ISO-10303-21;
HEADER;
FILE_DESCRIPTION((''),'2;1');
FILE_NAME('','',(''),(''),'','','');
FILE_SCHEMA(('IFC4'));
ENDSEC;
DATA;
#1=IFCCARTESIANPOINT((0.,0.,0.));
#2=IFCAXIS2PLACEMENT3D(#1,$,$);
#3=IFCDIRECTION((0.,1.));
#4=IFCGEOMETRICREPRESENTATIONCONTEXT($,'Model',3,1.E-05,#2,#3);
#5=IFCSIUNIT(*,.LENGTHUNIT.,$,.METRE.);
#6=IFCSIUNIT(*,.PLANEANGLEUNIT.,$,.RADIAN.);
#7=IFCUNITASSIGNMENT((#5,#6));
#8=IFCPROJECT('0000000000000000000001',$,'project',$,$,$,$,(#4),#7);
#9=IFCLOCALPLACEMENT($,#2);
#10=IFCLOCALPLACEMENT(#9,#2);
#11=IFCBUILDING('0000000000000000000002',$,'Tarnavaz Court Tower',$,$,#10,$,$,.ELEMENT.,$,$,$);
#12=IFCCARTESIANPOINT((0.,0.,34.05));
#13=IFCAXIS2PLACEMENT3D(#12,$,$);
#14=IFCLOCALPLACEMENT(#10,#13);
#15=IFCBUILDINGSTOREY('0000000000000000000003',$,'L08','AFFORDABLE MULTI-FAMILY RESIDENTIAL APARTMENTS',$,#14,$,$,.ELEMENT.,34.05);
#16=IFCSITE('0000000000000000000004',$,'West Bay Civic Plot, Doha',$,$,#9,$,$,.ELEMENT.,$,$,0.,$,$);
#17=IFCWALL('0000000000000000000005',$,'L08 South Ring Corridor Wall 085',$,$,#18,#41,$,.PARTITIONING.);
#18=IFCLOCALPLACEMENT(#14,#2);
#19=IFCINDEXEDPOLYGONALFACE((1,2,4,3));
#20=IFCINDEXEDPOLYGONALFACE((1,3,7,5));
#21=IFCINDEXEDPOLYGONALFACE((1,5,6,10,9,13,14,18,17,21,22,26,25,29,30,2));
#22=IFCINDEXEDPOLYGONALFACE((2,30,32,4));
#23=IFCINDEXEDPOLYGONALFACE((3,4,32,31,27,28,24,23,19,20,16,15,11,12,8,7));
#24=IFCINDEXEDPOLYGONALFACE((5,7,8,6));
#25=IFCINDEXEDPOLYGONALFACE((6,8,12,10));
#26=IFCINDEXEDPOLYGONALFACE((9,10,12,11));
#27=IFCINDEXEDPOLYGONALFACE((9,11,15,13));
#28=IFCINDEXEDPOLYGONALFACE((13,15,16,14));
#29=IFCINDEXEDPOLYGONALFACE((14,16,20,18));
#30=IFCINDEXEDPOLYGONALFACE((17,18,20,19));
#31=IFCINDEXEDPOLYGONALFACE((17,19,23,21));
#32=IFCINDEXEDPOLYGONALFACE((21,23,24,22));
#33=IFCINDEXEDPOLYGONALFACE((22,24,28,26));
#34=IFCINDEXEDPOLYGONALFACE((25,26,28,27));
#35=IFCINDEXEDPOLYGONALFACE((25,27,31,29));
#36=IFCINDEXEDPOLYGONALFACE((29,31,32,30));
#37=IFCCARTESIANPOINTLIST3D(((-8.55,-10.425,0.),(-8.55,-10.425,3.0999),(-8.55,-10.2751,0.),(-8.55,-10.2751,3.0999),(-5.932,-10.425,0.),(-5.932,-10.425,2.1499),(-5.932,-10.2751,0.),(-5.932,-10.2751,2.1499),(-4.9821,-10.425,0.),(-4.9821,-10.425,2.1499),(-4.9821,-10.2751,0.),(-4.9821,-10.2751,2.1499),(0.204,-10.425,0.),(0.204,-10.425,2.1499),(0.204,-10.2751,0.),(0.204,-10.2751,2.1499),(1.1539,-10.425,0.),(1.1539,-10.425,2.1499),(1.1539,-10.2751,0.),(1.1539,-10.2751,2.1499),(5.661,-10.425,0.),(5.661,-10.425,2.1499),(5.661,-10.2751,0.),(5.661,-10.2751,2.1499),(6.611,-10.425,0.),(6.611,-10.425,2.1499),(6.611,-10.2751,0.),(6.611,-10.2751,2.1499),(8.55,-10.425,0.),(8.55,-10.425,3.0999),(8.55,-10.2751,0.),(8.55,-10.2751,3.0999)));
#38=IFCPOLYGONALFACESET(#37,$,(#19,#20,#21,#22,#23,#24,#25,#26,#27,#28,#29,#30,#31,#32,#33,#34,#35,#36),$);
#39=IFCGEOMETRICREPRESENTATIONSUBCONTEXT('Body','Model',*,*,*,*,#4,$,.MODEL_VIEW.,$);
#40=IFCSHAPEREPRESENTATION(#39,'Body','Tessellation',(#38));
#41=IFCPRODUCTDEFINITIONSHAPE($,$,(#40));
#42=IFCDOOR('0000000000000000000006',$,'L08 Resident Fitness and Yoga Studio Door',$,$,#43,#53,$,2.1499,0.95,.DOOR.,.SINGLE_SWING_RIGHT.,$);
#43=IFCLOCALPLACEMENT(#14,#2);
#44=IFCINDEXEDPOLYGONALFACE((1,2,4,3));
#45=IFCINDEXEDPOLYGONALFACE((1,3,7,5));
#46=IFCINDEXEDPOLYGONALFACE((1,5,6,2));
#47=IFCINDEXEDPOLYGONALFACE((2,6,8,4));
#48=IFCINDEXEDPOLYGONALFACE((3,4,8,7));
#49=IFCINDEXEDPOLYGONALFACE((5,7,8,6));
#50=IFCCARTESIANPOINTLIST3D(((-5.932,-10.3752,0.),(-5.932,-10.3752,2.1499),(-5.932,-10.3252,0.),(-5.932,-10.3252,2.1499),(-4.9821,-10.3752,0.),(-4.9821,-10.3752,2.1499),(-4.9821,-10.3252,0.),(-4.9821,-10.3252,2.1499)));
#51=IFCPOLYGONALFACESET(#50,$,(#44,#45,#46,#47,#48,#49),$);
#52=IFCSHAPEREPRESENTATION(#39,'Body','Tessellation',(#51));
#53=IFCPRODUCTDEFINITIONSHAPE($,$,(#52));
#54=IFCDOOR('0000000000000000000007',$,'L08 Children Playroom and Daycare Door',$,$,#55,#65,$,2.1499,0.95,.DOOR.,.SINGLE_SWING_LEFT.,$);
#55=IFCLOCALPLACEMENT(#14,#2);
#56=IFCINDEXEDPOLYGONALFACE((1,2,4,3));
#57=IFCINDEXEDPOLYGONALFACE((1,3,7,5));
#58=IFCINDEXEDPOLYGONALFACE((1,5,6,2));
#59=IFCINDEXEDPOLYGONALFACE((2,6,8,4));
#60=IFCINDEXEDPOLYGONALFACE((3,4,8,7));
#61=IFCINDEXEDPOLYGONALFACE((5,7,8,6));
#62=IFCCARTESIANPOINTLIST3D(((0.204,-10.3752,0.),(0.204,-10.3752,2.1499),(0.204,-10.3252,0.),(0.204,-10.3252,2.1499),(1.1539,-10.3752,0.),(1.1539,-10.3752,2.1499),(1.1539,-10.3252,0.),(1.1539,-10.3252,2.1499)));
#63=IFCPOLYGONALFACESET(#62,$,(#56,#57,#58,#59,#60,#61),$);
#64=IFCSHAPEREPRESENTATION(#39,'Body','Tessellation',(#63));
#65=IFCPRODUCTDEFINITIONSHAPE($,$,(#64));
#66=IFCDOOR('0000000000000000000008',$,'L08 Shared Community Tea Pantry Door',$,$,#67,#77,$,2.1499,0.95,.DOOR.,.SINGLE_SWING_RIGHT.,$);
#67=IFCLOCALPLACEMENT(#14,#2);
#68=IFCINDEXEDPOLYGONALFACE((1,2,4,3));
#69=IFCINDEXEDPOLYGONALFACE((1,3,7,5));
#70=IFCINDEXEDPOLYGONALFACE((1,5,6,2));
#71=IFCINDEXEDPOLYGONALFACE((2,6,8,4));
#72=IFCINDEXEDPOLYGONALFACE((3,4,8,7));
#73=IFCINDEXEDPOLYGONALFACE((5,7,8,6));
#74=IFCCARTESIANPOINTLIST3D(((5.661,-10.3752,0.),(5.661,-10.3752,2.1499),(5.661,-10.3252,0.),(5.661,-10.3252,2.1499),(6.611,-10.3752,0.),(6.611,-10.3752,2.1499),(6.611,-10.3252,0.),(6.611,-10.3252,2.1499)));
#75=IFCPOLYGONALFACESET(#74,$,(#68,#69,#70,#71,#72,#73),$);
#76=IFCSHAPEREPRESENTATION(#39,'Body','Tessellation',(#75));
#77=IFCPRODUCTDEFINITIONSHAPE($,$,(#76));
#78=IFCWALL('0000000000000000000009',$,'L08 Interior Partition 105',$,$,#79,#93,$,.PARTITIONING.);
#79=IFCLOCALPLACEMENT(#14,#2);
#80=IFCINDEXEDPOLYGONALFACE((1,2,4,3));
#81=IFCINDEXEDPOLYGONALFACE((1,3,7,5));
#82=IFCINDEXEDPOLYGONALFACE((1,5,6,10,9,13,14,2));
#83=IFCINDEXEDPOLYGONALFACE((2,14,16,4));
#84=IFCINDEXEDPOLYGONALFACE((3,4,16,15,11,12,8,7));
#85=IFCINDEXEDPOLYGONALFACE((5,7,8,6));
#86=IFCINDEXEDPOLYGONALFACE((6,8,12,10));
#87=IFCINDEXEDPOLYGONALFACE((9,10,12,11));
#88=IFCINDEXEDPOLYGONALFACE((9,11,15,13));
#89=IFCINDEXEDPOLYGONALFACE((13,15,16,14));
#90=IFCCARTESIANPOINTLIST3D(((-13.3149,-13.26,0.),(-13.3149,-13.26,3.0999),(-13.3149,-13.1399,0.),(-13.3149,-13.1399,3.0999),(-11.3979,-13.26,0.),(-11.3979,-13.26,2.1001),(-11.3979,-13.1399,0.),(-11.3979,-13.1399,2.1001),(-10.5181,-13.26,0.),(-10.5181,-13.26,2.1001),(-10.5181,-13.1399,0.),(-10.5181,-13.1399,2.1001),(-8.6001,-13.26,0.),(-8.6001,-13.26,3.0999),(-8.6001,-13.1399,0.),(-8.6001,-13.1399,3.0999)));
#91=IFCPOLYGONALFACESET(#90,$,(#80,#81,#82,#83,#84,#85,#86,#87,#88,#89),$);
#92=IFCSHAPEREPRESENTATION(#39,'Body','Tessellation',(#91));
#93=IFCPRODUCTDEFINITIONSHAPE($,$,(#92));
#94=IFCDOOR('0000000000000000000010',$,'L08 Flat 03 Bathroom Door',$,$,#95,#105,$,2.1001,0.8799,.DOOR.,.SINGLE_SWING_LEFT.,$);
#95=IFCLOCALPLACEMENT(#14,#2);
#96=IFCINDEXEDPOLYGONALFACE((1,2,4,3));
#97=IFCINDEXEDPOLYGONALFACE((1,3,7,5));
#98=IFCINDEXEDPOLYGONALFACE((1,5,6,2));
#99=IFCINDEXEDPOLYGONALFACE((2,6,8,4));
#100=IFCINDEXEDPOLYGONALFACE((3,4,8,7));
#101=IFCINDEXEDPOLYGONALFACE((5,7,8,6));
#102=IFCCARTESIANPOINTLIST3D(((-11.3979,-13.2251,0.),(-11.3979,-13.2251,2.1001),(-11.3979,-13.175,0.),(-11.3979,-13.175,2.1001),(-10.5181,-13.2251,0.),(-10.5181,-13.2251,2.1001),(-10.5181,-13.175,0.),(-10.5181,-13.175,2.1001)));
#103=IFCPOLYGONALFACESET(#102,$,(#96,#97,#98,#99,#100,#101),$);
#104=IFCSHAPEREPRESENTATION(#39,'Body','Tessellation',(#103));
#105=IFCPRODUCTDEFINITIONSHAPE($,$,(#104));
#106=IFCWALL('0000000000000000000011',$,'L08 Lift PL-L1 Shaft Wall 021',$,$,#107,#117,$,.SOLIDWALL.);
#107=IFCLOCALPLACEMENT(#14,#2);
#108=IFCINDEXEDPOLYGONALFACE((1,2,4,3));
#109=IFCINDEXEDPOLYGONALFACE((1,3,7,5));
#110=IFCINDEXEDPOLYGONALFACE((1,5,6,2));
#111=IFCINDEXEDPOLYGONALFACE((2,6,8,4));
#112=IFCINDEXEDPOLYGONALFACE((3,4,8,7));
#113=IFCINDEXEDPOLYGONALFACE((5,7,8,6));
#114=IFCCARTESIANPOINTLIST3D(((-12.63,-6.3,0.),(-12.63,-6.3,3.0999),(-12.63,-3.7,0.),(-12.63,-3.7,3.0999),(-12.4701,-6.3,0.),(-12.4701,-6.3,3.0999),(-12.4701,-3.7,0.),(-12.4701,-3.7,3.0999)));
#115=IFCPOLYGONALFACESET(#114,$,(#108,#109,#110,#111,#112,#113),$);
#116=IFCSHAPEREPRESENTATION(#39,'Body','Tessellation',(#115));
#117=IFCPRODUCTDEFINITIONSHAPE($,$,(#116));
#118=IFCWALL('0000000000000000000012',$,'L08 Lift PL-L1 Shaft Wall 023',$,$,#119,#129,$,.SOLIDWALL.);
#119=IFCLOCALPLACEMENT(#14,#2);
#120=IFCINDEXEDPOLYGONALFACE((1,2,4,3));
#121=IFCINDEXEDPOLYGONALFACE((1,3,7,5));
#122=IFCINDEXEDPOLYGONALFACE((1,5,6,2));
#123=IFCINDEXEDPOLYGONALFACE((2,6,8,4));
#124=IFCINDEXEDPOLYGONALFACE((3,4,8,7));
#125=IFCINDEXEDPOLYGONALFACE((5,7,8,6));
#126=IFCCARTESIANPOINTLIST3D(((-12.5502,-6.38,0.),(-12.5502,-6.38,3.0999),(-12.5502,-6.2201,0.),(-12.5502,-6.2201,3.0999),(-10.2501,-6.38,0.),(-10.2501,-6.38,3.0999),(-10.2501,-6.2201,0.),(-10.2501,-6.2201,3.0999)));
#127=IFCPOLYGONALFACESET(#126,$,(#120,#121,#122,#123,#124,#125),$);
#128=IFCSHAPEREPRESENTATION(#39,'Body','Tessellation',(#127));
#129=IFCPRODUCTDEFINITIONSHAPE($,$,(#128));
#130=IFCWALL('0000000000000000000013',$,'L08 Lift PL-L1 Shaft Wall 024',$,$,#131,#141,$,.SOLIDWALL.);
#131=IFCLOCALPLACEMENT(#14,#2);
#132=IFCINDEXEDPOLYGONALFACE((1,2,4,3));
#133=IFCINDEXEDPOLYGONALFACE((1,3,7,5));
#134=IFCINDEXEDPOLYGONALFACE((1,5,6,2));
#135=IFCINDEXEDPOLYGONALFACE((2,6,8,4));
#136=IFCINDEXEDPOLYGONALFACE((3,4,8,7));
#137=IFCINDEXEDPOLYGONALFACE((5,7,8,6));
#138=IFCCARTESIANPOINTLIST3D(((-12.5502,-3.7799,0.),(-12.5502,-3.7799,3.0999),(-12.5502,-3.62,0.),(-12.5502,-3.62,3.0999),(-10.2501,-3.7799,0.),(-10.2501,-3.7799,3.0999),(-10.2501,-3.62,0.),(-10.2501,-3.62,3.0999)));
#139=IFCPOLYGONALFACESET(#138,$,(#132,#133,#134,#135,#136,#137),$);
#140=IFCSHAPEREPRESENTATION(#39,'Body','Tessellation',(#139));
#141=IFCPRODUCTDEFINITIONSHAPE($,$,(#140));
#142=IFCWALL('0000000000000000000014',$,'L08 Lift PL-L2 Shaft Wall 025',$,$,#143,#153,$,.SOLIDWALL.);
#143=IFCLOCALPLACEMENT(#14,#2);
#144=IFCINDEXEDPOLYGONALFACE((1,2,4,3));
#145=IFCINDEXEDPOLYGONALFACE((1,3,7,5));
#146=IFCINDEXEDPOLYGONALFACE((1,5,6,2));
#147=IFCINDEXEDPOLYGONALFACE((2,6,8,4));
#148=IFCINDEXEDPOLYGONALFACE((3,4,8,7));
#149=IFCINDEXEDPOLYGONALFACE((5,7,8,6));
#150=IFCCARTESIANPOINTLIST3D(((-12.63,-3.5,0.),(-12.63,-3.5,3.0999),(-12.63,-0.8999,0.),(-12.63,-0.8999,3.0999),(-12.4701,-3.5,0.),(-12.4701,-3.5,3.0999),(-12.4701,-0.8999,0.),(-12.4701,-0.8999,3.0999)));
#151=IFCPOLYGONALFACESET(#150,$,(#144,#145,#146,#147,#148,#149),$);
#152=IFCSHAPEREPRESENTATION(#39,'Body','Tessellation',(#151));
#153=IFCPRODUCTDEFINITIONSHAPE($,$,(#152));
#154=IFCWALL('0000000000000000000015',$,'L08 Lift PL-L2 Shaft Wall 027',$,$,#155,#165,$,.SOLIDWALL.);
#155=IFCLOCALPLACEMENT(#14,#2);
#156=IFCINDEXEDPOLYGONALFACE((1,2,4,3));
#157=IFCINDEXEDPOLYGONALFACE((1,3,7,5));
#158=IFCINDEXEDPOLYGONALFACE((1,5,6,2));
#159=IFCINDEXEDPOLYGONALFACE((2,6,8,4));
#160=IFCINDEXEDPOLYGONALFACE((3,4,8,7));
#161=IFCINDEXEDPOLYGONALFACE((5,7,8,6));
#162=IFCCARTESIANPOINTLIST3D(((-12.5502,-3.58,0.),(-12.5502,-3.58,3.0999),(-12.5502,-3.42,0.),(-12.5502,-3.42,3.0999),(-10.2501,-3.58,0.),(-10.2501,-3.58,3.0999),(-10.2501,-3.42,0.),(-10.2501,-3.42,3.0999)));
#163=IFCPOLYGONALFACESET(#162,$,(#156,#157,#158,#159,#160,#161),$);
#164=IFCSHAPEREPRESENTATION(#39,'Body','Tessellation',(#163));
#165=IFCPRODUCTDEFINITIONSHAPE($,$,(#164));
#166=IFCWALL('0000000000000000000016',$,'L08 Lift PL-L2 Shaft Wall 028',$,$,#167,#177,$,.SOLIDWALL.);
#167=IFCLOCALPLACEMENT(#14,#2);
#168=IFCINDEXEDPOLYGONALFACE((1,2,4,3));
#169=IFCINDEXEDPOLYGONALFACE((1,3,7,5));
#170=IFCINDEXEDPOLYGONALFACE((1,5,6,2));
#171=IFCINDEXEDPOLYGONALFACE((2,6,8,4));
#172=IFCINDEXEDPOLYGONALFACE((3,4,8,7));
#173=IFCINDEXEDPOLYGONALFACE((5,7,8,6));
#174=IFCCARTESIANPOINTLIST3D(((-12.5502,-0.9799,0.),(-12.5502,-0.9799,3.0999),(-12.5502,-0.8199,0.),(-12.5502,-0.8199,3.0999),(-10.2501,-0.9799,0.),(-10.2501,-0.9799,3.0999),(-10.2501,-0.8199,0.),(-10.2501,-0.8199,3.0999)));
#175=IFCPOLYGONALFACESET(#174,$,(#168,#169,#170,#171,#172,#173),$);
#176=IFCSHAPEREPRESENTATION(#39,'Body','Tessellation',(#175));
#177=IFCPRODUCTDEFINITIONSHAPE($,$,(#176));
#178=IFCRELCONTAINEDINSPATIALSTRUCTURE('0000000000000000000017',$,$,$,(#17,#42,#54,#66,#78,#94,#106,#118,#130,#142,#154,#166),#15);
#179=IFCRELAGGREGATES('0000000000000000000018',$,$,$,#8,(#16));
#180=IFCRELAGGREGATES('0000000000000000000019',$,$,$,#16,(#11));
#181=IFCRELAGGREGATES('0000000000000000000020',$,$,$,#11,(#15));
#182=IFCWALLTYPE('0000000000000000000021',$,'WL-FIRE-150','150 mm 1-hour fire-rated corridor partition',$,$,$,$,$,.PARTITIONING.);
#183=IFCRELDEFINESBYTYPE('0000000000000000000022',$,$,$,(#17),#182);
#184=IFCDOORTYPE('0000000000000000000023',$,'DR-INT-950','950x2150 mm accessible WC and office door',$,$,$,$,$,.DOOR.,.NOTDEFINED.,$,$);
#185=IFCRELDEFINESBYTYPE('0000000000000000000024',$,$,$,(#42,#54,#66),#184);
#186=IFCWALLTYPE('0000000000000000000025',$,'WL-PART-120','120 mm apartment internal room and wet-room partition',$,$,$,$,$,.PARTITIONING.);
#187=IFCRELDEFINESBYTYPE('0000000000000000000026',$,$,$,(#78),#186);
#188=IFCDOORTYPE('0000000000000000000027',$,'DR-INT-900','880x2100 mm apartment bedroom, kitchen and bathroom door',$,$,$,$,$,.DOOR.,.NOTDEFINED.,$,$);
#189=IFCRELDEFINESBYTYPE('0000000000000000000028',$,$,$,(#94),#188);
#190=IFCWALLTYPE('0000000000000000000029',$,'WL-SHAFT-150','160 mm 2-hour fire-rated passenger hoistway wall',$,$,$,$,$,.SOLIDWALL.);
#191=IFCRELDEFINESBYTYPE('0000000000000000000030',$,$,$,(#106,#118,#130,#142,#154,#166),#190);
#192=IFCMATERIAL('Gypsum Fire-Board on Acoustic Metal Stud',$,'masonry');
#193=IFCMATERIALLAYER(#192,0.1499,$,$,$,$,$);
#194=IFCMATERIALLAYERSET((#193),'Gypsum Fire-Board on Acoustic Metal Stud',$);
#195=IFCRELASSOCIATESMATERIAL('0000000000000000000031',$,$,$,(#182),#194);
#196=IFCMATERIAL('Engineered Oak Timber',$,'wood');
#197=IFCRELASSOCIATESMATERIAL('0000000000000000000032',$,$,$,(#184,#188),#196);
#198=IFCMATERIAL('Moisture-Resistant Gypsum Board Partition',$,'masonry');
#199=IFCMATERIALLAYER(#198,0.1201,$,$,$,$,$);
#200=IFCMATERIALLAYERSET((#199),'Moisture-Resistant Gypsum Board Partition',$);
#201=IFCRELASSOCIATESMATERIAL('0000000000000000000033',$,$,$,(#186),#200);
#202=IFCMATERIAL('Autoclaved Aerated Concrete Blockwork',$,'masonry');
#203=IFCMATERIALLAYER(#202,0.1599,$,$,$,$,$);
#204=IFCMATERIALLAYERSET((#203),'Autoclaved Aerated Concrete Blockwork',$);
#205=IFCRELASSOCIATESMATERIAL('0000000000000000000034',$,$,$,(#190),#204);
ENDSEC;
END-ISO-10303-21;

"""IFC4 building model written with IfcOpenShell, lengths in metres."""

from ifc_helpers import new_model, si_unit, direction, frame, frame_2d, origin, place, context, subcontext, project, spatial, rectangle, extrude, material, layer, layer_set, type_object, element, fill, save


model = new_model("IFC4")

# Units and contexts
model_context = context("Model", 3, precision=1e-05, world=origin(), true_north=direction((0.0, 1.0)))
body_context = subcontext(model_context, "Body", "Model", "MODEL_VIEW")
ifc_project = project(units=[si_unit("LENGTHUNIT", "METRE"), si_unit("PLANEANGLEUNIT", "RADIAN")], contexts=[model_context])

# Site, building, storey
site_placement = place(None, origin())
site = spatial("IfcSite", under=ifc_project, at=site_placement, Name="West Bay Civic Plot, Doha", CompositionType="ELEMENT", RefElevation=0.0)
building_placement = place(site_placement, origin())
building = spatial("IfcBuilding", under=site, at=building_placement, Name="Tarnavaz Court Tower", CompositionType="ELEMENT")
storey_placement = place(building_placement, frame((0.0, 0.0, 34.05)))
storey = spatial("IfcBuildingStorey", under=building, at=storey_placement, Name="L08", Description="AFFORDABLE MULTI-FAMILY RESIDENTIAL APARTMENTS", CompositionType="ELEMENT", Elevation=34.05)

# Wall, openings, doors
ifc_material_1 = material(Name="Gypsum Fire-Board on Acoustic Metal Stud", Category="masonry")
ifc_layer_1 = layer(ifc_material_1, 0.1499)
ifc_layer_set_1 = layer_set([ifc_layer_1], Name="Gypsum Fire-Board on Acoustic Metal Stud")
wall_type_1 = type_object("IfcWallType", Name="WL-FIRE-150", Description="150 mm 1-hour fire-rated corridor partition", PredefinedType="PARTITIONING", material=ifc_layer_set_1)
wall_1_placement = place(storey_placement, frame((-8.55, -10.3501, 0.0), z_axis=(0.0, 0.0, 1.0), x_axis=(1.0, 0.0, 0.0)))
wall_1 = element("IfcWall", 1, at=wall_1_placement, inside=storey, type_object=wall_type_1, Name="L08 South Ring Corridor Wall 085", PredefinedType="PARTITIONING", context=body_context, shape_type="SweptSolid", body=[
    extrude(rectangle(XDim=17.1001, YDim=0.1499, at=frame_2d((8.55, 0.0))), origin(), (0.0, 0.0, 1.0), 3.0999),
])
opening_1_placement = place(wall_1_placement, frame((2.6179, 0.0, 0.0)))
opening_1 = element("IfcOpeningElement", 2, at=opening_1_placement, cuts=wall_1, PredefinedType="OPENING", context=body_context, shape_type="SweptSolid", body=[
    extrude(rectangle(XDim=0.95, YDim=2.1499, at=frame_2d((0.4751, 1.075))), frame((0.0, 0.085, 0.0), z_axis=(0.0, -1.0, 0.0), x_axis=(1.0, 0.0, 0.0)), (0.0, 0.0, 1.0), 0.1699),
])
opening_2_placement = place(wall_1_placement, frame((8.7539, 0.0, 0.0)))
opening_2 = element("IfcOpeningElement", 3, at=opening_2_placement, cuts=wall_1, PredefinedType="OPENING", context=body_context, shape_type="SweptSolid", body=[
    extrude(rectangle(XDim=0.95, YDim=2.1499, at=frame_2d((0.4751, 1.075))), frame((0.0, 0.085, 0.0), z_axis=(0.0, -1.0, 0.0), x_axis=(1.0, 0.0, 0.0)), (0.0, 0.0, 1.0), 0.1699),
])
opening_3_placement = place(wall_1_placement, frame((14.2109, 0.0, 0.0)))
opening_3 = element("IfcOpeningElement", 4, at=opening_3_placement, cuts=wall_1, PredefinedType="OPENING", context=body_context, shape_type="SweptSolid", body=[
    extrude(rectangle(XDim=0.95, YDim=2.1499, at=frame_2d((0.4751, 1.075))), frame((0.0, 0.085, 0.0), z_axis=(0.0, -1.0, 0.0), x_axis=(1.0, 0.0, 0.0)), (0.0, 0.0, 1.0), 0.1699),
])
ifc_material_2 = material(Name="Engineered Oak Timber", Category="wood")
door_type_1 = type_object("IfcDoorType", Name="DR-INT-950", Description="950x2150 mm accessible WC and office door", OperationType="NOTDEFINED", PredefinedType="DOOR", material=ifc_material_2)
door_1_placement = place(opening_1_placement, origin())
door_1 = element("IfcDoor", 5, at=door_1_placement, inside=storey, type_object=door_type_1, Name="L08 Resident Fitness and Yoga Studio Door", OperationType="SINGLE_SWING_RIGHT", OverallHeight=2.1499, OverallWidth=0.95, PredefinedType="DOOR", context=body_context, shape_type="SweptSolid", body=[
    extrude(rectangle(XDim=0.95, YDim=2.1499, at=frame_2d((0.4751, 1.075))), frame((0.0, 0.0249, 0.0), z_axis=(0.0, -1.0, 0.0), x_axis=(1.0, 0.0, 0.0)), (0.0, 0.0, 1.0), 0.05),
])
fill(opening_1, door_1)
door_2_placement = place(opening_2_placement, origin())
door_2 = element("IfcDoor", 6, at=door_2_placement, inside=storey, type_object=door_type_1, Name="L08 Children Playroom and Daycare Door", OperationType="SINGLE_SWING_LEFT", OverallHeight=2.1499, OverallWidth=0.95, PredefinedType="DOOR", context=body_context, shape_type="SweptSolid", body=[
    extrude(rectangle(XDim=0.95, YDim=2.1499, at=frame_2d((0.4751, 1.075))), frame((0.0, 0.0249, 0.0), z_axis=(0.0, -1.0, 0.0), x_axis=(1.0, 0.0, 0.0)), (0.0, 0.0, 1.0), 0.05),
])
fill(opening_2, door_2)
door_3_placement = place(opening_3_placement, origin())
door_3 = element("IfcDoor", 7, at=door_3_placement, inside=storey, type_object=door_type_1, Name="L08 Shared Community Tea Pantry Door", OperationType="SINGLE_SWING_RIGHT", OverallHeight=2.1499, OverallWidth=0.95, PredefinedType="DOOR", context=body_context, shape_type="SweptSolid", body=[
    extrude(rectangle(XDim=0.95, YDim=2.1499, at=frame_2d((0.4751, 1.075))), frame((0.0, 0.0249, 0.0), z_axis=(0.0, -1.0, 0.0), x_axis=(1.0, 0.0, 0.0)), (0.0, 0.0, 1.0), 0.05),
])
fill(opening_3, door_3)

# Wall, opening, door
ifc_material_3 = material(Name="Moisture-Resistant Gypsum Board Partition", Category="masonry")
ifc_layer_2 = layer(ifc_material_3, 0.1201)
ifc_layer_set_2 = layer_set([ifc_layer_2], Name="Moisture-Resistant Gypsum Board Partition")
wall_type_2 = type_object("IfcWallType", Name="WL-PART-120", Description="120 mm apartment internal room and wet-room partition", PredefinedType="PARTITIONING", material=ifc_layer_set_2)
wall_2_placement = place(storey_placement, frame((-13.3149, -13.2, 0.0), z_axis=(0.0, 0.0, 1.0), x_axis=(1.0, 0.0, 0.0)))
wall_2 = element("IfcWall", 8, at=wall_2_placement, inside=storey, type_object=wall_type_2, Name="L08 Interior Partition 105", PredefinedType="PARTITIONING", context=body_context, shape_type="SweptSolid", body=[
    extrude(rectangle(XDim=4.7148, YDim=0.1201, at=frame_2d((2.3574, 0.0))), origin(), (0.0, 0.0, 1.0), 3.0999),
])
opening_4_placement = place(wall_2_placement, frame((1.917, 0.0, 0.0)))
opening_4 = element("IfcOpeningElement", 9, at=opening_4_placement, cuts=wall_2, PredefinedType="OPENING", context=body_context, shape_type="SweptSolid", body=[
    extrude(rectangle(XDim=0.8799, YDim=2.1001, at=frame_2d((0.4399, 1.05))), frame((0.0, 0.0701, 0.0), z_axis=(0.0, -1.0, 0.0), x_axis=(1.0, 0.0, 0.0)), (0.0, 0.0, 1.0), 0.1401),
])
door_type_2 = type_object("IfcDoorType", Name="DR-INT-900", Description="880x2100 mm apartment bedroom, kitchen and bathroom door", OperationType="NOTDEFINED", PredefinedType="DOOR", material=ifc_material_2)
door_4_placement = place(opening_4_placement, origin())
door_4 = element("IfcDoor", 10, at=door_4_placement, inside=storey, type_object=door_type_2, Name="L08 Flat 03 Bathroom Door", OperationType="SINGLE_SWING_LEFT", OverallHeight=2.1001, OverallWidth=0.8799, PredefinedType="DOOR", context=body_context, shape_type="SweptSolid", body=[
    extrude(rectangle(XDim=0.8799, YDim=2.1001, at=frame_2d((0.4399, 1.05))), frame((0.0, 0.0249, 0.0), z_axis=(0.0, -1.0, 0.0), x_axis=(1.0, 0.0, 0.0)), (0.0, 0.0, 1.0), 0.05),
])
fill(opening_4, door_4)

# Wall
ifc_material_4 = material(Name="Autoclaved Aerated Concrete Blockwork", Category="masonry")
ifc_layer_3 = layer(ifc_material_4, 0.1599)
ifc_layer_set_3 = layer_set([ifc_layer_3], Name="Autoclaved Aerated Concrete Blockwork")
wall_type_3 = type_object("IfcWallType", Name="WL-SHAFT-150", Description="160 mm 2-hour fire-rated passenger hoistway wall", PredefinedType="SOLIDWALL", material=ifc_layer_set_3)
wall_3_placement = place(storey_placement, frame((-12.55, -6.3, 0.0), z_axis=(0.0, 0.0, 1.0), x_axis=(0.0, 1.0, 0.0)))
element("IfcWall", 11, at=wall_3_placement, inside=storey, type_object=wall_type_3, Name="L08 Lift PL-L1 Shaft Wall 021", PredefinedType="SOLIDWALL", context=body_context, shape_type="SweptSolid", body=[
    extrude(rectangle(XDim=2.6001, YDim=0.1599, at=frame_2d((1.3, 0.0))), origin(), (0.0, 0.0, 1.0), 3.0999),
])

# Walls
for number, where, z_axis, x_axis, name in (
    (12, (-12.55, -6.3, 0.0), (0.0, 0.0, 1.0), (1.0, 0.0, 0.0), "L08 Lift PL-L1 Shaft Wall 023"),
    (13, (-12.55, -3.7, 0.0), (0.0, 0.0, 1.0), (1.0, 0.0, 0.0), "L08 Lift PL-L1 Shaft Wall 024"),
):
    element("IfcWall", number, at=place(storey_placement, frame(where, z_axis=z_axis, x_axis=x_axis)), inside=storey, type_object=wall_type_3, Name=name, PredefinedType="SOLIDWALL", context=body_context, shape_type="SweptSolid", body=[
        extrude(rectangle(XDim=2.3, YDim=0.1599, at=frame_2d((1.1499, 0.0))), origin(), (0.0, 0.0, 1.0), 3.0999),
    ])
wall_4_placement = place(storey_placement, frame((-12.55, -3.5, 0.0), z_axis=(0.0, 0.0, 1.0), x_axis=(0.0, 1.0, 0.0)))
element("IfcWall", 14, at=wall_4_placement, inside=storey, type_object=wall_type_3, Name="L08 Lift PL-L2 Shaft Wall 025", PredefinedType="SOLIDWALL", context=body_context, shape_type="SweptSolid", body=[
    extrude(rectangle(XDim=2.6001, YDim=0.1599, at=frame_2d((1.3, 0.0))), origin(), (0.0, 0.0, 1.0), 3.0999),
])

# Walls
for number, where, z_axis, x_axis, name in (
    (15, (-12.55, -3.5, 0.0), (0.0, 0.0, 1.0), (1.0, 0.0, 0.0), "L08 Lift PL-L2 Shaft Wall 027"),
    (16, (-12.55, -0.8999, 0.0), (0.0, 0.0, 1.0), (1.0, 0.0, 0.0), "L08 Lift PL-L2 Shaft Wall 028"),
):
    element("IfcWall", number, at=place(storey_placement, frame(where, z_axis=z_axis, x_axis=x_axis)), inside=storey, type_object=wall_type_3, Name=name, PredefinedType="SOLIDWALL", context=body_context, shape_type="SweptSolid", body=[
        extrude(rectangle(XDim=2.3, YDim=0.1599, at=frame_2d((1.1499, 0.0))), origin(), (0.0, 0.0, 1.0), 3.0999),
    ])

save(model, "model.ifc")
